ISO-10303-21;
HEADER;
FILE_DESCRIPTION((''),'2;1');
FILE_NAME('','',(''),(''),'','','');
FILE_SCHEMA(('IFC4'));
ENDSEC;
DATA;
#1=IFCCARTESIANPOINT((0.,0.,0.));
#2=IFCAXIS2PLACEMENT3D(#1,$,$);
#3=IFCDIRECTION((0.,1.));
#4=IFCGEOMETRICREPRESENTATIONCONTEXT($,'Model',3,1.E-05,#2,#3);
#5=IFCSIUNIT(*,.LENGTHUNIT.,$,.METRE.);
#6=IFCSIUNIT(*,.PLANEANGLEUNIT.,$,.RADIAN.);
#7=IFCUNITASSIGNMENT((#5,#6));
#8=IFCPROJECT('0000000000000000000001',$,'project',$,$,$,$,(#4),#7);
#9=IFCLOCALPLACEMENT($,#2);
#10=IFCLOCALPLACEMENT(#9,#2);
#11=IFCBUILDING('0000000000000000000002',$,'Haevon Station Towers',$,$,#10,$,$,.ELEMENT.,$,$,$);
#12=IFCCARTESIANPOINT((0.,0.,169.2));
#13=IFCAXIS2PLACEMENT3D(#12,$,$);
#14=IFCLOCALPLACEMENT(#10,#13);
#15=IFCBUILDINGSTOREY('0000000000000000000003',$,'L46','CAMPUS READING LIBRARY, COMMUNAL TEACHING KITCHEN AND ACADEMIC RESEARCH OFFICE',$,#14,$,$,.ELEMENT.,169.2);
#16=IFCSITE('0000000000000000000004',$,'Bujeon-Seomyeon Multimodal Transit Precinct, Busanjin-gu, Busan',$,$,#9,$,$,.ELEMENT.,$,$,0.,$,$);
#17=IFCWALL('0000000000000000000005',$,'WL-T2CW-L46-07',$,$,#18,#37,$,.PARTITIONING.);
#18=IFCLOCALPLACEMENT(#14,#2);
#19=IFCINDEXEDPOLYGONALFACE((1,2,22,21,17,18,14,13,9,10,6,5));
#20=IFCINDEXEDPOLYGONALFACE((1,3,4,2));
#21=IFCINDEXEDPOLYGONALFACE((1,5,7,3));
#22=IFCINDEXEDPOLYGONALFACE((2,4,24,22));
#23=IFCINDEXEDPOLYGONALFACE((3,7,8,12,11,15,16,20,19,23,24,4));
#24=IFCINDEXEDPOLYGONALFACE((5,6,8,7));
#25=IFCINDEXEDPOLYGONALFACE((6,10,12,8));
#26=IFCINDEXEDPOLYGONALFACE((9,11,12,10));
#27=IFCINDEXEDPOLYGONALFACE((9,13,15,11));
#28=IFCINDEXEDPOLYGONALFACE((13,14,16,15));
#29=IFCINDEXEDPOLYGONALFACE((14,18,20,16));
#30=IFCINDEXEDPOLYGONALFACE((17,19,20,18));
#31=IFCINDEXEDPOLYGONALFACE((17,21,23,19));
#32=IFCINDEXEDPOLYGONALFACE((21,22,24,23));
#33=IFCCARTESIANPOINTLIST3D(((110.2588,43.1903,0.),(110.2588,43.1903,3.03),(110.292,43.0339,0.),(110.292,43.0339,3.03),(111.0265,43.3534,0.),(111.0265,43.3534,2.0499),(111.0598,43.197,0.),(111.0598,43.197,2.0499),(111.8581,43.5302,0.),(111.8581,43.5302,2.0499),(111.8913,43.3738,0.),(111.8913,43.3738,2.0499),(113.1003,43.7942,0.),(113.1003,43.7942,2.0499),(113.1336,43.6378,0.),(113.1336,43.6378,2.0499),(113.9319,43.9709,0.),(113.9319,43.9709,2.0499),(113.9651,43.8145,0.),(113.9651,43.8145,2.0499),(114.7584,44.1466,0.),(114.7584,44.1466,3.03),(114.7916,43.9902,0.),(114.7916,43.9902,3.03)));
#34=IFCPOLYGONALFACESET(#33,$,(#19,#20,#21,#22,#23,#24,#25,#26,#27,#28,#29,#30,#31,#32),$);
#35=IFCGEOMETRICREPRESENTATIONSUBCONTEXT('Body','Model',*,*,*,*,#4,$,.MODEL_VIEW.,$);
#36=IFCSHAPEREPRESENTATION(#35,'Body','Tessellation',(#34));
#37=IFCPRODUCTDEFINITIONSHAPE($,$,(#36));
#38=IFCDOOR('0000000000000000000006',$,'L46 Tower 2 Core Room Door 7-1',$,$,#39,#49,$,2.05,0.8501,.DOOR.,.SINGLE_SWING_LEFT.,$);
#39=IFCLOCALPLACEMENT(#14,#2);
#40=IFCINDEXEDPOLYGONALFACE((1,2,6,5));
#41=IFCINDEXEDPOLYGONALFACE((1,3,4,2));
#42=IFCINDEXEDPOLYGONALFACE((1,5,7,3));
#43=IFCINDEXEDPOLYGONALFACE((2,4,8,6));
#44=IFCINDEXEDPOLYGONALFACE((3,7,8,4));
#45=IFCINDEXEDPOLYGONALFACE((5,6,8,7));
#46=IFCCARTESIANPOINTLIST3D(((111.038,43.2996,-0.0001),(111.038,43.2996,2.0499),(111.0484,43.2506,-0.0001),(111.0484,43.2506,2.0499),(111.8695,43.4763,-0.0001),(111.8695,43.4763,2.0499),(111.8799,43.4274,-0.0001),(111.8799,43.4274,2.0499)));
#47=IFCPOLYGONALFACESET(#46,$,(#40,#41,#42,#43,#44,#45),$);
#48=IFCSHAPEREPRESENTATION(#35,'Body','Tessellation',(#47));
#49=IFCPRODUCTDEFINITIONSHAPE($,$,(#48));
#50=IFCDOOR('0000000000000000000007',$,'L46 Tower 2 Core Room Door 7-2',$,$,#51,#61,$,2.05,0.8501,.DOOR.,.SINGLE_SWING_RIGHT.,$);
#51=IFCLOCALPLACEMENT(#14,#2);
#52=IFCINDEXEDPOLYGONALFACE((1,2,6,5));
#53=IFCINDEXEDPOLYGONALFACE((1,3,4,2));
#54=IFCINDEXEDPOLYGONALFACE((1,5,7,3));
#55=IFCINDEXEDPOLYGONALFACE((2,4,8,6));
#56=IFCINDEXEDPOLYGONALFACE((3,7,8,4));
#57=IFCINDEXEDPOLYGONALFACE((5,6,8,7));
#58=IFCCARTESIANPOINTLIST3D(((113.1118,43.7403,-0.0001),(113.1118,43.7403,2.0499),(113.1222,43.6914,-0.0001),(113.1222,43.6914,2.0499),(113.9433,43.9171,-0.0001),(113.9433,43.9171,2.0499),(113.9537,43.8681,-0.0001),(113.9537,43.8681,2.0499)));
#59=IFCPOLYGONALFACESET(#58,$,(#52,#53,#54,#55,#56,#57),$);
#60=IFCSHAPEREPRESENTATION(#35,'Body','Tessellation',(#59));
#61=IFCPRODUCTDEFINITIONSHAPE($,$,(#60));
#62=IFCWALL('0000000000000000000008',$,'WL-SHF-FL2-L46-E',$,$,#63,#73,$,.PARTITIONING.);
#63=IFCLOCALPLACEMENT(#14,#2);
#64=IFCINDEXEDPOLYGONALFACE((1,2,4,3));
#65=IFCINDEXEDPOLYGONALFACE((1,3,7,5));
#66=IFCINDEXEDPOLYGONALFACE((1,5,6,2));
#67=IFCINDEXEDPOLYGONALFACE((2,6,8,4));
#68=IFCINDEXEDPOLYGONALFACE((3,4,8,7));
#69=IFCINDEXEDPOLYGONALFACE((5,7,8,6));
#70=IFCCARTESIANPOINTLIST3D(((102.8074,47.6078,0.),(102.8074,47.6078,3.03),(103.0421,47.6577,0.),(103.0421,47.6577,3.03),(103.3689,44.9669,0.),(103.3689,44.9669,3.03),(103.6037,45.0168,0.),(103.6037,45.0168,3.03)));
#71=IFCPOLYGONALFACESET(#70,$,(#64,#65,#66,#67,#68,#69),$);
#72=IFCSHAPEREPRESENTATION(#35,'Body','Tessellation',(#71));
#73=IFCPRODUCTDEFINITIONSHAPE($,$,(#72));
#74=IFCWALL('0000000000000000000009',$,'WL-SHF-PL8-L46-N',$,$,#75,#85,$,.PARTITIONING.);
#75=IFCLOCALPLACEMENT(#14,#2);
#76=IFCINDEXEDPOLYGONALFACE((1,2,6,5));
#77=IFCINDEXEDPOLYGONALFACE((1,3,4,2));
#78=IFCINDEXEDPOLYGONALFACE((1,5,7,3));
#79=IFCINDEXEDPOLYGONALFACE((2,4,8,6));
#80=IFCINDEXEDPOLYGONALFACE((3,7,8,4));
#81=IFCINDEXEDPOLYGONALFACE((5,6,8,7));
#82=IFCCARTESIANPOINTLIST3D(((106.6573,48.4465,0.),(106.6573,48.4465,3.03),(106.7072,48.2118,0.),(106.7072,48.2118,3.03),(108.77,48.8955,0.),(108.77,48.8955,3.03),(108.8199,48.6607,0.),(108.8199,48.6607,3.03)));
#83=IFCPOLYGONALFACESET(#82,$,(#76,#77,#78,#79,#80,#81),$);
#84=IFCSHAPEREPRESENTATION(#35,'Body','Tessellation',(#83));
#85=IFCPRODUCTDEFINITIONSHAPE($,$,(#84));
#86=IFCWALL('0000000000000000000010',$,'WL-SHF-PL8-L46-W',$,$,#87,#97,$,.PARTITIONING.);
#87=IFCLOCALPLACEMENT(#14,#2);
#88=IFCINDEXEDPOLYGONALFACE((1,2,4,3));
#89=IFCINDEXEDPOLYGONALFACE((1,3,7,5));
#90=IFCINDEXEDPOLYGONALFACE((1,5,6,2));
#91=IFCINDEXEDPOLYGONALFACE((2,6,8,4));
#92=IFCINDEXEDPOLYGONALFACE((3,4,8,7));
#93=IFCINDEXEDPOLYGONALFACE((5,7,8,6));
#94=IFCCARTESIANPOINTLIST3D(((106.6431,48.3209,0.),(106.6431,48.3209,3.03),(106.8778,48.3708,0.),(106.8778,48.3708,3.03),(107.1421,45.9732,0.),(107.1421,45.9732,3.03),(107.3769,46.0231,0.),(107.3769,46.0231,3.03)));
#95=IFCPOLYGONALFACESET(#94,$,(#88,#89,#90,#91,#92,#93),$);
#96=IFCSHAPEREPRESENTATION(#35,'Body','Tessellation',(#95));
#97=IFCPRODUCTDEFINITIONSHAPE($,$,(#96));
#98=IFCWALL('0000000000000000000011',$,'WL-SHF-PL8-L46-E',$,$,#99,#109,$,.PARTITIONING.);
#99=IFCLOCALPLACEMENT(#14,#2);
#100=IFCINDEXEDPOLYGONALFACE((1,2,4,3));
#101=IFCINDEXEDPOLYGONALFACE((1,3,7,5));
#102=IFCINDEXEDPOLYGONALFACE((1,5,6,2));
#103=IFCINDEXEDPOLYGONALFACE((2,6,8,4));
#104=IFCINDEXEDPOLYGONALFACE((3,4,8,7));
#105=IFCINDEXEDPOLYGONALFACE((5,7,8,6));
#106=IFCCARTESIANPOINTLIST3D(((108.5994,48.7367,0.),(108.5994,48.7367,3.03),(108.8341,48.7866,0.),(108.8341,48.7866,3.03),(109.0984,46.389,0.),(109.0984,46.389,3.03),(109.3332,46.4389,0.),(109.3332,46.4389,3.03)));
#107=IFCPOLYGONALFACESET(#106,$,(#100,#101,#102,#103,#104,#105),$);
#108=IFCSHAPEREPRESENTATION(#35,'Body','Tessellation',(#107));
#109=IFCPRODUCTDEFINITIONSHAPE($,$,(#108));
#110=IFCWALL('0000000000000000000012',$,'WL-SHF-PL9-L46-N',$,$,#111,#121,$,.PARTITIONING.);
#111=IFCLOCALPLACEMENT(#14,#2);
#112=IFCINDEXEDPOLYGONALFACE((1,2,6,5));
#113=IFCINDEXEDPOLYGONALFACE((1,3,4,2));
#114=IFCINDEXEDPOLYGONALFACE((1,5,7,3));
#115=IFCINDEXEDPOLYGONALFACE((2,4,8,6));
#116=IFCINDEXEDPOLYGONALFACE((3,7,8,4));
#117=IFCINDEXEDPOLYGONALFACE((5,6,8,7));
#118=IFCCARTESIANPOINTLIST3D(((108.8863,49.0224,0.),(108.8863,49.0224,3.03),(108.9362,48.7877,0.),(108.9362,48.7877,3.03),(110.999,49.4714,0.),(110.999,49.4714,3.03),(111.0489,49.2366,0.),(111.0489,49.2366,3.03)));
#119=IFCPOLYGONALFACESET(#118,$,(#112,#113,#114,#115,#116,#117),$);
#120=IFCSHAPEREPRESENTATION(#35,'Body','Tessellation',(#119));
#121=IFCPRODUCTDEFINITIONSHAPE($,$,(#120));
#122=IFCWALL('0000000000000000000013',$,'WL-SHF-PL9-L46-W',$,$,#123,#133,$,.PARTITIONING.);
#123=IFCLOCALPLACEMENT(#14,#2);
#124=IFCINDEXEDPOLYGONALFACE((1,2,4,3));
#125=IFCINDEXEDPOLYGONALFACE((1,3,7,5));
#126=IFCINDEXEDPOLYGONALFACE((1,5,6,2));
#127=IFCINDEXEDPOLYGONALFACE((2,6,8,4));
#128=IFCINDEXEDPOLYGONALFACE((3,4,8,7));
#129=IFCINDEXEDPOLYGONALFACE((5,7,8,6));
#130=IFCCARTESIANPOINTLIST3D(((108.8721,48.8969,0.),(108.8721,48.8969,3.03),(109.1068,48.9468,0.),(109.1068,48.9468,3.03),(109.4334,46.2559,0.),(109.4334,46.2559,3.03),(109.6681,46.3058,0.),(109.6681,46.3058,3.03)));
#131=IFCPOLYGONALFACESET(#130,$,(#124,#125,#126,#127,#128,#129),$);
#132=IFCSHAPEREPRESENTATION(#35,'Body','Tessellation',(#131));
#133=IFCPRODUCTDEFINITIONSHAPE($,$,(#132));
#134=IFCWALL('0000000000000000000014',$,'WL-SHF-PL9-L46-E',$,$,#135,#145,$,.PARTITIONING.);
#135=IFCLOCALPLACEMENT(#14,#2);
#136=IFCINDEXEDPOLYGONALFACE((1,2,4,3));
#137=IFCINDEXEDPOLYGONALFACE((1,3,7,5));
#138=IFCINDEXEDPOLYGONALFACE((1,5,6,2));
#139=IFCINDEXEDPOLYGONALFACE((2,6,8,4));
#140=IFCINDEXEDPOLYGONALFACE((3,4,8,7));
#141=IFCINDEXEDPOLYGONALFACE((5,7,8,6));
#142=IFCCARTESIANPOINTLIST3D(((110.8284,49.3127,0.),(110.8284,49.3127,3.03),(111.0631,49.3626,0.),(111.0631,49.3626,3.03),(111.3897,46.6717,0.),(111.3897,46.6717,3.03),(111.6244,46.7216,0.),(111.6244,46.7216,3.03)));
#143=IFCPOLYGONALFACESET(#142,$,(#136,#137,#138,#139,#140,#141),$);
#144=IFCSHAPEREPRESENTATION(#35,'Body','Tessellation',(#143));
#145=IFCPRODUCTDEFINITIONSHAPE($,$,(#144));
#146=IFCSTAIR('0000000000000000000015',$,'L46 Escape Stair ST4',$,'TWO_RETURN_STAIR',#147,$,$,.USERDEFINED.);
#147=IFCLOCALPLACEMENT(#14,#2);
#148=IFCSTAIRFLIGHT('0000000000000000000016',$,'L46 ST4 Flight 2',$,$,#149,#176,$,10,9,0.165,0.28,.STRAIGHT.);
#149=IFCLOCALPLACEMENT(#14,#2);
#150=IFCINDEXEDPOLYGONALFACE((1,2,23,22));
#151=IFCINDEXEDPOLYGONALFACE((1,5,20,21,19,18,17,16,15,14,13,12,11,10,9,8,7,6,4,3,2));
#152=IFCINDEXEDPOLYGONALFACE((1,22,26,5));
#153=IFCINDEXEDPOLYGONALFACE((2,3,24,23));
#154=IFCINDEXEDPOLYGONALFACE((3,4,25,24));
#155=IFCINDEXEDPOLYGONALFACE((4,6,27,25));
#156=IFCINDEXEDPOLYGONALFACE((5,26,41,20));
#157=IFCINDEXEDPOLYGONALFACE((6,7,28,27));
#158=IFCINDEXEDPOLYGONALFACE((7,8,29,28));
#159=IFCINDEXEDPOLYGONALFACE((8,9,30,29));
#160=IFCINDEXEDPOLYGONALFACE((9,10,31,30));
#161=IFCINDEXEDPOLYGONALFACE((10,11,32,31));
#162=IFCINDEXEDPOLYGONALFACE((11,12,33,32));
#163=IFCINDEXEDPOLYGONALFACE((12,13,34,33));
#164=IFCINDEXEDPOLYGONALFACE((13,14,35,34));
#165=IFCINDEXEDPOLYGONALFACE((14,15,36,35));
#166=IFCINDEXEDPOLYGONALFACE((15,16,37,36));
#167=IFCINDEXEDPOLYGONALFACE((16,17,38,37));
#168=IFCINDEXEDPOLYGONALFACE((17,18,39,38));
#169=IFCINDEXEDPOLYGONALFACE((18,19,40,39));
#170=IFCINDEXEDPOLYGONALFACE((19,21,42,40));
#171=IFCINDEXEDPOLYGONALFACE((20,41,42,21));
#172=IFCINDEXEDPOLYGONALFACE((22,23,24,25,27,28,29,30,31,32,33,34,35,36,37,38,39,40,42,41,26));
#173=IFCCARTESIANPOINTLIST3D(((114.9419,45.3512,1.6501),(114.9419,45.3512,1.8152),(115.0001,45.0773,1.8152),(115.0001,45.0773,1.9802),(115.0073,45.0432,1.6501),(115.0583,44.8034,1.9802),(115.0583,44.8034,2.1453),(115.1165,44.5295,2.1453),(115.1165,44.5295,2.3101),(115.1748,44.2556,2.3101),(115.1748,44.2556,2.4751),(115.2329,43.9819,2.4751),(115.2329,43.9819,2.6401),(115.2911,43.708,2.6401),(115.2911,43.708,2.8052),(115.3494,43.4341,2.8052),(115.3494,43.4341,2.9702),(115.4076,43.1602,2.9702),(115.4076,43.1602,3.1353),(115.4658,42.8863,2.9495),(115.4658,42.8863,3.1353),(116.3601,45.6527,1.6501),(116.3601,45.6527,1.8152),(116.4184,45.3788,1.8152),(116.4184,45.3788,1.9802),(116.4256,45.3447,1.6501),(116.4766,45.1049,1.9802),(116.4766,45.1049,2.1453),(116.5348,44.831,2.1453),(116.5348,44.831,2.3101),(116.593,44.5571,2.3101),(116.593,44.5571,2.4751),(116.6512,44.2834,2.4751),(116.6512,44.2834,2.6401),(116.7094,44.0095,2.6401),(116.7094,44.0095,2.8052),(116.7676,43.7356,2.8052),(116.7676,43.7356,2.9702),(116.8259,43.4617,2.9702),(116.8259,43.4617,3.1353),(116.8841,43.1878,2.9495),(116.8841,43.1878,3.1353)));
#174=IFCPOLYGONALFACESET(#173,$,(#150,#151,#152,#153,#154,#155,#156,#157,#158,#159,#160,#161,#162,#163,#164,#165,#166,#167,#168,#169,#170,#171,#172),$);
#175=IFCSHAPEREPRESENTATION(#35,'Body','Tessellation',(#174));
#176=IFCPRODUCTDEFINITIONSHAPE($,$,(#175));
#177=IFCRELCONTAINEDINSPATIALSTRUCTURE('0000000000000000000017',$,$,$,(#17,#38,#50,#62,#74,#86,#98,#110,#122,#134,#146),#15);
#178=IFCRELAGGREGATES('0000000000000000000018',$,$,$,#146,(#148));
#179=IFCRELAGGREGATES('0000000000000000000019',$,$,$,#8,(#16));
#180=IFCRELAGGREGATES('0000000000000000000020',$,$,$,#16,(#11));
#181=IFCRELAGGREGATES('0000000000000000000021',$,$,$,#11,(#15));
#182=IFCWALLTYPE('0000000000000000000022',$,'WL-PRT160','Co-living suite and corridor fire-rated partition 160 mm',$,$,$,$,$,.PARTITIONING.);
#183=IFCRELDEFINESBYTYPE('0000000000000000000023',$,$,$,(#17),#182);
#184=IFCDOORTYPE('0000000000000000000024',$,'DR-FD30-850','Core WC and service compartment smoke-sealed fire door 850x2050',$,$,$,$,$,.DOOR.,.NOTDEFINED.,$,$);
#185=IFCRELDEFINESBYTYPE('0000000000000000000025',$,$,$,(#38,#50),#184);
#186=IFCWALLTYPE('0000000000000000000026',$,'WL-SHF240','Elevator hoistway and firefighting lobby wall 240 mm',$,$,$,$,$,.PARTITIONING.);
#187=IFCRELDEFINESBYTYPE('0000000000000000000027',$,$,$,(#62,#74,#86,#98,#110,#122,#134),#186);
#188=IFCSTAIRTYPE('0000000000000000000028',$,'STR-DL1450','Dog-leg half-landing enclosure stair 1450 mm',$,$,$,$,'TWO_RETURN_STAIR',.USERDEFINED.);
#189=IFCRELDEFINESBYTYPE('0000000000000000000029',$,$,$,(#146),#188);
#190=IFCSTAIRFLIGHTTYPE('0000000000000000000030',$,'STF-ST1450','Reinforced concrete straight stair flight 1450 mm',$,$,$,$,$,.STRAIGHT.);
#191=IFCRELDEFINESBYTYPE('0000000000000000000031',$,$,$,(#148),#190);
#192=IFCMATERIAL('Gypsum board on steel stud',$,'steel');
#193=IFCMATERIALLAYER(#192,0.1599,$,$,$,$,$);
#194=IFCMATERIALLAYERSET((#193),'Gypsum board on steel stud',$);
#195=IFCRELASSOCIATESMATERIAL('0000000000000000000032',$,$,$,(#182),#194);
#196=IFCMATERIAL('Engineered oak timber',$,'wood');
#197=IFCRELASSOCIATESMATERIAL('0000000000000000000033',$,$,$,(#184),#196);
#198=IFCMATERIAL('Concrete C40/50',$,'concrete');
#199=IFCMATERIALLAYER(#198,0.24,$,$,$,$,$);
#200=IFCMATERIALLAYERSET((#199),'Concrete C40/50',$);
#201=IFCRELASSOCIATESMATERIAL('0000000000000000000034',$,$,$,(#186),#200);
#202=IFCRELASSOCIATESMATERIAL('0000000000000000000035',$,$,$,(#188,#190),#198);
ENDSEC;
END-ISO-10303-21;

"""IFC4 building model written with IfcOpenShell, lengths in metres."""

from ifc_helpers import new_model, si_unit, direction, frame, frame_2d, origin, place, context, subcontext, project, spatial, polyline, rectangle, outline, extrude, material, layer, layer_set, type_object, element, fill, aggregate, save


model = new_model("IFC4")

# Units and contexts
model_context = context("Model", 3, precision=1e-05, world=origin(), true_north=direction((0.0, 1.0)))
body_context = subcontext(model_context, "Body", "Model", "MODEL_VIEW")
ifc_project = project(units=[si_unit("LENGTHUNIT", "METRE"), si_unit("PLANEANGLEUNIT", "RADIAN")], contexts=[model_context])

# Site, building, storey
site_placement = place(None, origin())
site = spatial("IfcSite", under=ifc_project, at=site_placement, Name="Bujeon-Seomyeon Multimodal Transit Precinct, Busanjin-gu, Busan", CompositionType="ELEMENT", RefElevation=0.0)
building_placement = place(site_placement, origin())
building = spatial("IfcBuilding", under=site, at=building_placement, Name="Haevon Station Towers", CompositionType="ELEMENT")
storey_placement = place(building_placement, frame((0.0, 0.0, 169.2)))
storey = spatial("IfcBuildingStorey", under=building, at=storey_placement, Name="L46", Description="CAMPUS READING LIBRARY, COMMUNAL TEACHING KITCHEN AND ACADEMIC RESEARCH OFFICE", CompositionType="ELEMENT", Elevation=169.2)

# Shared definitions
ifc_material_1 = material(Name="Gypsum board on steel stud", Category="steel")
ifc_material_2 = material(Name="Engineered oak timber", Category="wood")

# Shared definitions
ifc_layer_1 = layer(ifc_material_1, 0.1599)
ifc_layer_set_1 = layer_set([ifc_layer_1], Name="Gypsum board on steel stud")
wall_type_1 = type_object("IfcWallType", Name="WL-PRT160", Description="Co-living suite and corridor fire-rated partition 160 mm", PredefinedType="PARTITIONING", material=ifc_layer_set_1)

# Wall, openings, doors
wall_1_placement = place(storey_placement, frame((110.2754, 43.1121, 0.0), z_axis=(0.0, 0.0, 1.0), x_axis=(0.978152, 0.20789, 0.0)))
wall_1 = element("IfcWall", 1, at=wall_1_placement, inside=storey, type_object=wall_type_1, Name="WL-T2CW-L46-07", PredefinedType="PARTITIONING", context=body_context, shape_type="SweptSolid", body=[
    extrude(rectangle(XDim=4.6001, YDim=0.1599, at=frame_2d((2.3, 0.0))), origin(), (0.0, 0.0, 1.0), 3.03),
])
opening_1_placement = place(wall_1_placement, frame((0.7849, 0.0, 0.0)))
opening_1 = element("IfcOpeningElement", 2, at=opening_1_placement, cuts=wall_1, PredefinedType="OPENING", context=body_context, shape_type="SweptSolid", body=[
    extrude(rectangle(XDim=0.8501, YDim=2.05, at=frame_2d((0.425, 1.0249))), frame((0.0, 0.0898, 0.0), z_axis=(0.0, -1.0, 0.0), x_axis=(1.0, 0.0, 0.0)), (0.0, 0.0, 1.0), 0.1799),
])
opening_2_placement = place(wall_1_placement, frame((2.905, 0.0, 0.0)))
opening_2 = element("IfcOpeningElement", 3, at=opening_2_placement, cuts=wall_1, PredefinedType="OPENING", context=body_context, shape_type="SweptSolid", body=[
    extrude(rectangle(XDim=0.8501, YDim=2.05, at=frame_2d((0.425, 1.0249))), frame((0.0, 0.0898, 0.0), z_axis=(0.0, -1.0, 0.0), x_axis=(1.0, 0.0, 0.0)), (0.0, 0.0, 1.0), 0.1799),
])
door_type_1 = type_object("IfcDoorType", Name="DR-FD30-850", Description="Core WC and service compartment smoke-sealed fire door 850x2050", OperationType="NOTDEFINED", PredefinedType="DOOR", material=ifc_material_2)
door_1_placement = place(opening_1_placement, origin())
door_1 = element("IfcDoor", 4, at=door_1_placement, inside=storey, type_object=door_type_1, Name="L46 Tower 2 Core Room Door 7-1", OperationType="SINGLE_SWING_LEFT", OverallHeight=2.05, OverallWidth=0.8501, PredefinedType="DOOR", context=body_context, shape_type="SweptSolid", body=[
    extrude(rectangle(XDim=0.8501, YDim=2.05, at=frame_2d((0.425, 1.0249))), frame((0.0, 0.0249, 0.0), z_axis=(0.0, -1.0, 0.0), x_axis=(1.0, 0.0, 0.0)), (0.0, 0.0, 1.0), 0.05),
])
fill(opening_1, door_1)
door_2_placement = place(opening_2_placement, origin())
door_2 = element("IfcDoor", 5, at=door_2_placement, inside=storey, type_object=door_type_1, Name="L46 Tower 2 Core Room Door 7-2", OperationType="SINGLE_SWING_RIGHT", OverallHeight=2.05, OverallWidth=0.8501, PredefinedType="DOOR", context=body_context, shape_type="SweptSolid", body=[
    extrude(rectangle(XDim=0.8501, YDim=2.05, at=frame_2d((0.425, 1.0249))), frame((0.0, 0.0249, 0.0), z_axis=(0.0, -1.0, 0.0), x_axis=(1.0, 0.0, 0.0)), (0.0, 0.0, 1.0), 0.05),
])
fill(opening_2, door_2)

# Wall
ifc_material_3 = material(Name="Concrete C40/50", Category="concrete")
ifc_layer_2 = layer(ifc_material_3, 0.24)
ifc_layer_set_2 = layer_set([ifc_layer_2], Name="Concrete C40/50")
wall_type_2 = type_object("IfcWallType", Name="WL-SHF240", Description="Elevator hoistway and firefighting lobby wall 240 mm", PredefinedType="PARTITIONING", material=ifc_layer_set_2)
wall_2_placement = place(storey_placement, frame((103.4863, 44.9917, 0.0), z_axis=(0.0, 0.0, 1.0), x_axis=(-0.207979, 0.978133, 0.0)))
element("IfcWall", 6, at=wall_2_placement, inside=storey, type_object=wall_type_2, Name="WL-SHF-FL2-L46-E", PredefinedType="PARTITIONING", context=body_context, shape_type="SweptSolid", body=[
    extrude(rectangle(XDim=2.7, YDim=0.24, at=frame_2d((1.3501, 0.0))), origin(), (0.0, 0.0, 1.0), 3.03),
])

# Walls
wall_3_placement = place(storey_placement, frame((106.6821, 48.3291, 0.0), z_axis=(0.0, 0.0, 1.0), x_axis=(0.978158, 0.207861, 0.0)))
element("IfcWall", 7, at=wall_3_placement, inside=storey, type_object=wall_type_2, Name="WL-SHF-PL8-L46-N", PredefinedType="PARTITIONING", context=body_context, shape_type="SweptSolid", body=[
    extrude(rectangle(XDim=2.1599, YDim=0.24, at=frame_2d((1.0801, 0.0))), origin(), (0.0, 0.0, 1.0), 3.03),
])
for number, where, z_axis, x_axis, name in (
    (8, (107.2595, 45.998, 0.0), (0.0, 0.0, 1.0), (-0.207917, 0.978146, 0.0), "WL-SHF-PL8-L46-W"),
    (9, (109.2158, 46.4138, 0.0), (0.0, 0.0, 1.0), (-0.207917, 0.978146, 0.0), "WL-SHF-PL8-L46-E"),
):
    element("IfcWall", number, at=place(storey_placement, frame(where, z_axis=z_axis, x_axis=x_axis)), inside=storey, type_object=wall_type_2, Name=name, PredefinedType="PARTITIONING", context=body_context, shape_type="SweptSolid", body=[
        extrude(rectangle(XDim=2.4001, YDim=0.24, at=frame_2d((1.2002, 0.0))), origin(), (0.0, 0.0, 1.0), 3.03),
    ])

# Walls
wall_4_placement = place(storey_placement, frame((108.9111, 48.905, 0.0), z_axis=(0.0, 0.0, 1.0), x_axis=(0.978158, 0.207861, 0.0)))
element("IfcWall", 10, at=wall_4_placement, inside=storey, type_object=wall_type_2, Name="WL-SHF-PL9-L46-N", PredefinedType="PARTITIONING", context=body_context, shape_type="SweptSolid", body=[
    extrude(rectangle(XDim=2.1599, YDim=0.24, at=frame_2d((1.0801, 0.0))), origin(), (0.0, 0.0, 1.0), 3.03),
])
for number, where, z_axis, x_axis, name in (
    (11, (109.5508, 46.2808, 0.0), (0.0, 0.0, 1.0), (-0.207892, 0.978152, 0.0), "WL-SHF-PL9-L46-W"),
    (12, (111.5071, 46.6965, 0.0), (0.0, 0.0, 1.0), (-0.207892, 0.978152, 0.0), "WL-SHF-PL9-L46-E"),
):
    element("IfcWall", number, at=place(storey_placement, frame(where, z_axis=z_axis, x_axis=x_axis)), inside=storey, type_object=wall_type_2, Name=name, PredefinedType="PARTITIONING", context=body_context, shape_type="SweptSolid", body=[
        extrude(rectangle(XDim=2.7, YDim=0.24, at=frame_2d((1.3501, 0.0))), origin(), (0.0, 0.0, 1.0), 3.03),
    ])

# Stair, stair flight
stair_type = type_object("IfcStairType", Name="STR-DL1450", Description="Dog-leg half-landing enclosure stair 1450 mm", ElementType="TWO_RETURN_STAIR", PredefinedType="USERDEFINED", material=ifc_material_3)
stair_placement = place(storey_placement, origin())
stair = element("IfcStair", 13, at=stair_placement, inside=storey, type_object=stair_type, Name="L46 Escape Stair ST4", ObjectType="TWO_RETURN_STAIR", PredefinedType="USERDEFINED")
stair_flight_type = type_object("IfcStairFlightType", Name="STF-ST1450", Description="Reinforced concrete straight stair flight 1450 mm", PredefinedType="STRAIGHT", material=ifc_material_3)
stair_flight_placement = place(storey_placement, frame((115.6509, 45.502, 1.6501), z_axis=(0.0, 0.0, 1.0), x_axis=(0.207912, -0.978148, 0.0)))
stair_flight = element("IfcStairFlight", 14, at=stair_flight_placement, type_object=stair_flight_type, Name="L46 ST4 Flight 2", NumberOfRisers=10, NumberOfTreads=9, PredefinedType="STRAIGHT", RiserHeight=0.165, TreadLength=0.28, context=body_context, shape_type="SweptSolid", body=[
    extrude(outline(polyline([(0.0, 0.0), (0.0, 0.165), (0.28, 0.165), (0.28, 0.3301), (0.5601, 0.3301), (0.5601, 0.4951), (0.8401, 0.4951), (0.8401, 0.6599), (1.1201, 0.6599), (1.1201, 0.825), (1.3999, 0.825), (1.3999, 0.99), (1.6799, 0.99), (1.6799, 1.155), (1.96, 1.155), (1.96, 1.3201), (2.24, 1.3201), (2.24, 1.4851), (2.52, 1.4851), (2.52, 1.6499), (2.52, 1.2993), (0.3149, 0.0), (0.0, 0.0)])), frame((0.0, 0.7251, 0.0), z_axis=(0.0, -1.0, 0.0), x_axis=(1.0, 0.0, 0.0)), (0.0, 0.0, 1.0), 1.45),
])
aggregate(stair, [stair_flight])

save(model, "model.ifc")
